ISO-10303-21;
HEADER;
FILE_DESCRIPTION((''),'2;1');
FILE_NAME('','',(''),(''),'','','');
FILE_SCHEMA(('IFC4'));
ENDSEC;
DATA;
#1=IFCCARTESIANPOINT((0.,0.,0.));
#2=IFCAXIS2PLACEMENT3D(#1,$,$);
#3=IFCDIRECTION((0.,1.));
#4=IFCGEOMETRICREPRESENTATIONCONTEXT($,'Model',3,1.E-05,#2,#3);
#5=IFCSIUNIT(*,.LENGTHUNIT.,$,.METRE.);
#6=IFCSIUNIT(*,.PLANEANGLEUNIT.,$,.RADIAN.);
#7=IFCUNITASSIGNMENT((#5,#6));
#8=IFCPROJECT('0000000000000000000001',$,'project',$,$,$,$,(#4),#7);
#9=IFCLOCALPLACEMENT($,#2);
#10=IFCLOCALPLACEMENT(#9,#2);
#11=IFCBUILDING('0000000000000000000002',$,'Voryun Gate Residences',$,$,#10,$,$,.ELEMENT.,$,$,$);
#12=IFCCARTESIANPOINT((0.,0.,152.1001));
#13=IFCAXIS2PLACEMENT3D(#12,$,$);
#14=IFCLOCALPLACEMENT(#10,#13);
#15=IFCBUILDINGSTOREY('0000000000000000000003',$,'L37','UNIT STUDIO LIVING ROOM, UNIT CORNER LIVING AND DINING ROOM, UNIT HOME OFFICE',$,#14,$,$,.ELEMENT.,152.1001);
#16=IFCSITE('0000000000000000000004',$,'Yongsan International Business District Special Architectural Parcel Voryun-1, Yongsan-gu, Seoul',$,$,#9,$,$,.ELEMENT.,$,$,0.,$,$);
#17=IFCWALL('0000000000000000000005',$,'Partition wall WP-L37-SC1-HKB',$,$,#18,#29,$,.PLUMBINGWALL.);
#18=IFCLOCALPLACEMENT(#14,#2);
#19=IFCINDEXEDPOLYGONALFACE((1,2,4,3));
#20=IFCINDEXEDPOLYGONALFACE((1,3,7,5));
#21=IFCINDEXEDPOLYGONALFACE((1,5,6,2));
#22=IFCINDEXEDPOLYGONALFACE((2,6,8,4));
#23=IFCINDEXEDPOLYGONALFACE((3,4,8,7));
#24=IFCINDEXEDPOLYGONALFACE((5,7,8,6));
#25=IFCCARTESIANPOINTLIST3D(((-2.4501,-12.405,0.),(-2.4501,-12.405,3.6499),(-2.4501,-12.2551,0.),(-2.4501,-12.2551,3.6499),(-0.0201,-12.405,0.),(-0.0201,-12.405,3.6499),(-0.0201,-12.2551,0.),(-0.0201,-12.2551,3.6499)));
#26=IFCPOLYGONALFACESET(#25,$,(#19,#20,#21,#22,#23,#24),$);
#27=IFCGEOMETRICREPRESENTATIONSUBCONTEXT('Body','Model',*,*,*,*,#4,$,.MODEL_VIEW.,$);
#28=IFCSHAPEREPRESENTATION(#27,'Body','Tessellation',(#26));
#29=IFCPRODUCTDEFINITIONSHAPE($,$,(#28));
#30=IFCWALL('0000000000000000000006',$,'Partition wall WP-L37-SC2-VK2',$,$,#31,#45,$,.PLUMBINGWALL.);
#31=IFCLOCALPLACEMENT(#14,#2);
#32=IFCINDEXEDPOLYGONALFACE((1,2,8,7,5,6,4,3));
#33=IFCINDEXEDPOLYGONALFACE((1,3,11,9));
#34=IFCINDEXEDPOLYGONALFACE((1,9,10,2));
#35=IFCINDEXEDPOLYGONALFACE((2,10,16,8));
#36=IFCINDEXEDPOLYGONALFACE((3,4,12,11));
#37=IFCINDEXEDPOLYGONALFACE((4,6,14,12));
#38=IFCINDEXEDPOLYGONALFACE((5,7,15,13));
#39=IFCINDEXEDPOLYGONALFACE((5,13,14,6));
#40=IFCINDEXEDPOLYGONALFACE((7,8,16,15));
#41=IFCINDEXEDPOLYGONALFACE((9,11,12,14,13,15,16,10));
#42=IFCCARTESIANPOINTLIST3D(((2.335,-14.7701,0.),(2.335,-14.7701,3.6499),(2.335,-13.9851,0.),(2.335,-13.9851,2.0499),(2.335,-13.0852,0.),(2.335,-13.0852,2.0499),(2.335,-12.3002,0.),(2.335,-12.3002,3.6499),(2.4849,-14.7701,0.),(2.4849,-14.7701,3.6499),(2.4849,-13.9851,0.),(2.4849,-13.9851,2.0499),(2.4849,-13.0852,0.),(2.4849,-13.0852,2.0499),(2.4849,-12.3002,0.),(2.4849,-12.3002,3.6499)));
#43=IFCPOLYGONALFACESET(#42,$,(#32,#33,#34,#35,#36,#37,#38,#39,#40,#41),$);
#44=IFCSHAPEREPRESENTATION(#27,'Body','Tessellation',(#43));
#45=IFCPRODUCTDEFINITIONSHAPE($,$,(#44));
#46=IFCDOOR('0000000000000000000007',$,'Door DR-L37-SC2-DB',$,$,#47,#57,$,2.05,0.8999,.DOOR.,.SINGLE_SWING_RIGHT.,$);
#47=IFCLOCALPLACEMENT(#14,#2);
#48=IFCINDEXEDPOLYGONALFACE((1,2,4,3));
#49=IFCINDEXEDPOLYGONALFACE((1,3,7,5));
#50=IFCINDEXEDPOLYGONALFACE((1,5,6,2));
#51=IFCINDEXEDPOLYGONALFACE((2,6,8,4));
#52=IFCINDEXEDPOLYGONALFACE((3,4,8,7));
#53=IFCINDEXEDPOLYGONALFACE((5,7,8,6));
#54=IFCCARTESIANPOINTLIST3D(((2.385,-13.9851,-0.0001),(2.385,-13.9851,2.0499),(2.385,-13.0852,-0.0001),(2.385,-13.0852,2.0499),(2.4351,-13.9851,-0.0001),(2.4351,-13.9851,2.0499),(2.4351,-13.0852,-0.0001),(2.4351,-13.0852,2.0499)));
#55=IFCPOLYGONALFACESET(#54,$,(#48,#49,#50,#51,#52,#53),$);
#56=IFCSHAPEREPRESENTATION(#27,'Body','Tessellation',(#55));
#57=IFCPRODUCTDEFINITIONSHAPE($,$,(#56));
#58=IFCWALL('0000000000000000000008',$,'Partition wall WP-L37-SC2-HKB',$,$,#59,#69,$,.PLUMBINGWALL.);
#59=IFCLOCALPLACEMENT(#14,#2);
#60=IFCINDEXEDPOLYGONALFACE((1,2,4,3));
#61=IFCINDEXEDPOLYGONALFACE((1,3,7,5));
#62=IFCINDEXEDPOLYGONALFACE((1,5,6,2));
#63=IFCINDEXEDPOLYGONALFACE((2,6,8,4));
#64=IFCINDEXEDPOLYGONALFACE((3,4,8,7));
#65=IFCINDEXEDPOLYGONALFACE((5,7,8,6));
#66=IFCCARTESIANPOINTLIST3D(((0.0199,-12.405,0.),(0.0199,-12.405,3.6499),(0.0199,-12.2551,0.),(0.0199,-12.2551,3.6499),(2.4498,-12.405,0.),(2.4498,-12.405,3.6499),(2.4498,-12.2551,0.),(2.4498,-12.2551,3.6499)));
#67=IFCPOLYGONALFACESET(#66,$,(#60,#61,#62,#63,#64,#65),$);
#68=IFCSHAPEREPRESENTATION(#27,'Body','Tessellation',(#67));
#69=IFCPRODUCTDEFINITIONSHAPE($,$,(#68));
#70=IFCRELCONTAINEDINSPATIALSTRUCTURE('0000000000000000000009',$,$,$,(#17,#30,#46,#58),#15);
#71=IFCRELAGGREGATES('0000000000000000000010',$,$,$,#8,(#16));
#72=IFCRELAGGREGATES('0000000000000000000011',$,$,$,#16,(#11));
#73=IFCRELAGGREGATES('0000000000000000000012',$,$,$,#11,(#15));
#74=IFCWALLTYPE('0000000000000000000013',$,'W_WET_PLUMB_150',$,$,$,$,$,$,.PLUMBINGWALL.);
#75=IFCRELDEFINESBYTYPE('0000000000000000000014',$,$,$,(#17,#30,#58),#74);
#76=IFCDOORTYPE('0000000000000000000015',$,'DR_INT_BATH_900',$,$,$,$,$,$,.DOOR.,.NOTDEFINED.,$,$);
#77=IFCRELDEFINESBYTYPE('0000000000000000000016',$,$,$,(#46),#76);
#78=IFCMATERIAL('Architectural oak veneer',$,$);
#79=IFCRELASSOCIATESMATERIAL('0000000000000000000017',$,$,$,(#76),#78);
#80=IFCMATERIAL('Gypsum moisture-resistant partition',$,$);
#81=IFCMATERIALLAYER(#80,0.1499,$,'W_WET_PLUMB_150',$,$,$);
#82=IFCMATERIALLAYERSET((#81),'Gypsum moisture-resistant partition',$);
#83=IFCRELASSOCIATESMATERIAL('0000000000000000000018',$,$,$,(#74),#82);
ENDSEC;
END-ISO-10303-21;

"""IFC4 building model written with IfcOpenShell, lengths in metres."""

from ifc_helpers import new_model, si_unit, direction, frame, frame_2d, origin, place, context, subcontext, project, spatial, rectangle, extrude, material, layer, layer_set, type_object, element, fill, save


model = new_model("IFC4")

# Units and contexts
model_context = context("Model", 3, precision=1e-05, world=origin(), true_north=direction((0.0, 1.0)))
body_context = subcontext(model_context, "Body", "Model", "MODEL_VIEW")
ifc_project = project(units=[si_unit("LENGTHUNIT", "METRE"), si_unit("PLANEANGLEUNIT", "RADIAN")], contexts=[model_context])

# Site, building, storey
site_placement = place(None, origin())
site = spatial("IfcSite", under=ifc_project, at=site_placement, Name="Yongsan International Business District Special Architectural Parcel Voryun-1, Yongsan-gu, Seoul", CompositionType="ELEMENT", RefElevation=0.0)
building_placement = place(site_placement, origin())
building = spatial("IfcBuilding", under=site, at=building_placement, Name="Voryun Gate Residences", CompositionType="ELEMENT")
storey_placement = place(building_placement, frame((0.0, 0.0, 152.1001)))
storey = spatial("IfcBuildingStorey", under=building, at=storey_placement, Name="L37", Description="UNIT STUDIO LIVING ROOM, UNIT CORNER LIVING AND DINING ROOM, UNIT HOME OFFICE", CompositionType="ELEMENT", Elevation=152.1001)

# Shared definitions
ifc_material_1 = material(Name="Architectural oak veneer")
door_type_1 = type_object("IfcDoorType", Name="DR_INT_BATH_900", OperationType="NOTDEFINED", PredefinedType="DOOR", material=ifc_material_1)

# Shared definitions
ifc_material_2 = material(Name="Gypsum moisture-resistant partition")
ifc_layer_1 = layer(ifc_material_2, 0.1499, Name="W_WET_PLUMB_150")
ifc_layer_set_1 = layer_set([ifc_layer_1], Name="Gypsum moisture-resistant partition")
wall_type_1 = type_object("IfcWallType", Name="W_WET_PLUMB_150", PredefinedType="PLUMBINGWALL", material=ifc_layer_set_1)

# Wall
wall_1_placement = place(storey_placement, frame((-2.45, -12.3301, 0.0), z_axis=(0.0, 0.0, 1.0), x_axis=(1.0, 0.0, 0.0)))
element("IfcWall", 1, at=wall_1_placement, inside=storey, type_object=wall_type_1, Name="Partition wall WP-L37-SC1-HKB", PredefinedType="PLUMBINGWALL", context=body_context, shape_type="SweptSolid", body=[
    extrude(rectangle(XDim=2.4299, YDim=0.1499, at=frame_2d((1.2148, 0.0))), origin(), (0.0, 0.0, 1.0), 3.6499),
])

# Wall, opening, door
wall_2_placement = place(storey_placement, frame((2.4099, -14.77, 0.0), z_axis=(0.0, 0.0, 1.0), x_axis=(0.0, 1.0, 0.0)))
wall_2 = element("IfcWall", 2, at=wall_2_placement, inside=storey, type_object=wall_type_1, Name="Partition wall WP-L37-SC2-VK2", PredefinedType="PLUMBINGWALL", context=body_context, shape_type="SweptSolid", body=[
    extrude(rectangle(XDim=2.47, YDim=0.1499, at=frame_2d((1.2349, 0.0))), origin(), (0.0, 0.0, 1.0), 3.6499),
])
opening_1_placement = place(wall_2_placement, frame((0.7849, 0.0, 0.0)))
opening_1 = element("IfcOpeningElement", 3, at=opening_1_placement, cuts=wall_2, PredefinedType="OPENING", context=body_context, shape_type="SweptSolid", body=[
    extrude(rectangle(XDim=0.8999, YDim=2.05, at=frame_2d((0.45, 1.0249))), frame((0.0, 0.085, 0.0), z_axis=(0.0, -1.0, 0.0), x_axis=(1.0, 0.0, 0.0)), (0.0, 0.0, 1.0), 0.1699),
])
door_1_placement = place(opening_1_placement, origin())
door_1 = element("IfcDoor", 4, at=door_1_placement, inside=storey, type_object=door_type_1, Name="Door DR-L37-SC2-DB", OperationType="SINGLE_SWING_RIGHT", OverallHeight=2.05, OverallWidth=0.8999, PredefinedType="DOOR", context=body_context, shape_type="SweptSolid", body=[
    extrude(rectangle(XDim=0.8999, YDim=2.05, at=frame_2d((0.45, 1.0249))), frame((0.0, 0.0249, 0.0), z_axis=(0.0, -1.0, 0.0), x_axis=(1.0, 0.0, 0.0)), (0.0, 0.0, 1.0), 0.05),
])
fill(opening_1, door_1)

# Wall
wall_3_placement = place(storey_placement, frame((0.02, -12.3301, 0.0), z_axis=(0.0, 0.0, 1.0), x_axis=(1.0, 0.0, 0.0)))
element("IfcWall", 5, at=wall_3_placement, inside=storey, type_object=wall_type_1, Name="Partition wall WP-L37-SC2-HKB", PredefinedType="PLUMBINGWALL", context=body_context, shape_type="SweptSolid", body=[
    extrude(rectangle(XDim=2.4299, YDim=0.1499, at=frame_2d((1.2148, 0.0))), origin(), (0.0, 0.0, 1.0), 3.6499),
])

save(model, "model.ifc")
